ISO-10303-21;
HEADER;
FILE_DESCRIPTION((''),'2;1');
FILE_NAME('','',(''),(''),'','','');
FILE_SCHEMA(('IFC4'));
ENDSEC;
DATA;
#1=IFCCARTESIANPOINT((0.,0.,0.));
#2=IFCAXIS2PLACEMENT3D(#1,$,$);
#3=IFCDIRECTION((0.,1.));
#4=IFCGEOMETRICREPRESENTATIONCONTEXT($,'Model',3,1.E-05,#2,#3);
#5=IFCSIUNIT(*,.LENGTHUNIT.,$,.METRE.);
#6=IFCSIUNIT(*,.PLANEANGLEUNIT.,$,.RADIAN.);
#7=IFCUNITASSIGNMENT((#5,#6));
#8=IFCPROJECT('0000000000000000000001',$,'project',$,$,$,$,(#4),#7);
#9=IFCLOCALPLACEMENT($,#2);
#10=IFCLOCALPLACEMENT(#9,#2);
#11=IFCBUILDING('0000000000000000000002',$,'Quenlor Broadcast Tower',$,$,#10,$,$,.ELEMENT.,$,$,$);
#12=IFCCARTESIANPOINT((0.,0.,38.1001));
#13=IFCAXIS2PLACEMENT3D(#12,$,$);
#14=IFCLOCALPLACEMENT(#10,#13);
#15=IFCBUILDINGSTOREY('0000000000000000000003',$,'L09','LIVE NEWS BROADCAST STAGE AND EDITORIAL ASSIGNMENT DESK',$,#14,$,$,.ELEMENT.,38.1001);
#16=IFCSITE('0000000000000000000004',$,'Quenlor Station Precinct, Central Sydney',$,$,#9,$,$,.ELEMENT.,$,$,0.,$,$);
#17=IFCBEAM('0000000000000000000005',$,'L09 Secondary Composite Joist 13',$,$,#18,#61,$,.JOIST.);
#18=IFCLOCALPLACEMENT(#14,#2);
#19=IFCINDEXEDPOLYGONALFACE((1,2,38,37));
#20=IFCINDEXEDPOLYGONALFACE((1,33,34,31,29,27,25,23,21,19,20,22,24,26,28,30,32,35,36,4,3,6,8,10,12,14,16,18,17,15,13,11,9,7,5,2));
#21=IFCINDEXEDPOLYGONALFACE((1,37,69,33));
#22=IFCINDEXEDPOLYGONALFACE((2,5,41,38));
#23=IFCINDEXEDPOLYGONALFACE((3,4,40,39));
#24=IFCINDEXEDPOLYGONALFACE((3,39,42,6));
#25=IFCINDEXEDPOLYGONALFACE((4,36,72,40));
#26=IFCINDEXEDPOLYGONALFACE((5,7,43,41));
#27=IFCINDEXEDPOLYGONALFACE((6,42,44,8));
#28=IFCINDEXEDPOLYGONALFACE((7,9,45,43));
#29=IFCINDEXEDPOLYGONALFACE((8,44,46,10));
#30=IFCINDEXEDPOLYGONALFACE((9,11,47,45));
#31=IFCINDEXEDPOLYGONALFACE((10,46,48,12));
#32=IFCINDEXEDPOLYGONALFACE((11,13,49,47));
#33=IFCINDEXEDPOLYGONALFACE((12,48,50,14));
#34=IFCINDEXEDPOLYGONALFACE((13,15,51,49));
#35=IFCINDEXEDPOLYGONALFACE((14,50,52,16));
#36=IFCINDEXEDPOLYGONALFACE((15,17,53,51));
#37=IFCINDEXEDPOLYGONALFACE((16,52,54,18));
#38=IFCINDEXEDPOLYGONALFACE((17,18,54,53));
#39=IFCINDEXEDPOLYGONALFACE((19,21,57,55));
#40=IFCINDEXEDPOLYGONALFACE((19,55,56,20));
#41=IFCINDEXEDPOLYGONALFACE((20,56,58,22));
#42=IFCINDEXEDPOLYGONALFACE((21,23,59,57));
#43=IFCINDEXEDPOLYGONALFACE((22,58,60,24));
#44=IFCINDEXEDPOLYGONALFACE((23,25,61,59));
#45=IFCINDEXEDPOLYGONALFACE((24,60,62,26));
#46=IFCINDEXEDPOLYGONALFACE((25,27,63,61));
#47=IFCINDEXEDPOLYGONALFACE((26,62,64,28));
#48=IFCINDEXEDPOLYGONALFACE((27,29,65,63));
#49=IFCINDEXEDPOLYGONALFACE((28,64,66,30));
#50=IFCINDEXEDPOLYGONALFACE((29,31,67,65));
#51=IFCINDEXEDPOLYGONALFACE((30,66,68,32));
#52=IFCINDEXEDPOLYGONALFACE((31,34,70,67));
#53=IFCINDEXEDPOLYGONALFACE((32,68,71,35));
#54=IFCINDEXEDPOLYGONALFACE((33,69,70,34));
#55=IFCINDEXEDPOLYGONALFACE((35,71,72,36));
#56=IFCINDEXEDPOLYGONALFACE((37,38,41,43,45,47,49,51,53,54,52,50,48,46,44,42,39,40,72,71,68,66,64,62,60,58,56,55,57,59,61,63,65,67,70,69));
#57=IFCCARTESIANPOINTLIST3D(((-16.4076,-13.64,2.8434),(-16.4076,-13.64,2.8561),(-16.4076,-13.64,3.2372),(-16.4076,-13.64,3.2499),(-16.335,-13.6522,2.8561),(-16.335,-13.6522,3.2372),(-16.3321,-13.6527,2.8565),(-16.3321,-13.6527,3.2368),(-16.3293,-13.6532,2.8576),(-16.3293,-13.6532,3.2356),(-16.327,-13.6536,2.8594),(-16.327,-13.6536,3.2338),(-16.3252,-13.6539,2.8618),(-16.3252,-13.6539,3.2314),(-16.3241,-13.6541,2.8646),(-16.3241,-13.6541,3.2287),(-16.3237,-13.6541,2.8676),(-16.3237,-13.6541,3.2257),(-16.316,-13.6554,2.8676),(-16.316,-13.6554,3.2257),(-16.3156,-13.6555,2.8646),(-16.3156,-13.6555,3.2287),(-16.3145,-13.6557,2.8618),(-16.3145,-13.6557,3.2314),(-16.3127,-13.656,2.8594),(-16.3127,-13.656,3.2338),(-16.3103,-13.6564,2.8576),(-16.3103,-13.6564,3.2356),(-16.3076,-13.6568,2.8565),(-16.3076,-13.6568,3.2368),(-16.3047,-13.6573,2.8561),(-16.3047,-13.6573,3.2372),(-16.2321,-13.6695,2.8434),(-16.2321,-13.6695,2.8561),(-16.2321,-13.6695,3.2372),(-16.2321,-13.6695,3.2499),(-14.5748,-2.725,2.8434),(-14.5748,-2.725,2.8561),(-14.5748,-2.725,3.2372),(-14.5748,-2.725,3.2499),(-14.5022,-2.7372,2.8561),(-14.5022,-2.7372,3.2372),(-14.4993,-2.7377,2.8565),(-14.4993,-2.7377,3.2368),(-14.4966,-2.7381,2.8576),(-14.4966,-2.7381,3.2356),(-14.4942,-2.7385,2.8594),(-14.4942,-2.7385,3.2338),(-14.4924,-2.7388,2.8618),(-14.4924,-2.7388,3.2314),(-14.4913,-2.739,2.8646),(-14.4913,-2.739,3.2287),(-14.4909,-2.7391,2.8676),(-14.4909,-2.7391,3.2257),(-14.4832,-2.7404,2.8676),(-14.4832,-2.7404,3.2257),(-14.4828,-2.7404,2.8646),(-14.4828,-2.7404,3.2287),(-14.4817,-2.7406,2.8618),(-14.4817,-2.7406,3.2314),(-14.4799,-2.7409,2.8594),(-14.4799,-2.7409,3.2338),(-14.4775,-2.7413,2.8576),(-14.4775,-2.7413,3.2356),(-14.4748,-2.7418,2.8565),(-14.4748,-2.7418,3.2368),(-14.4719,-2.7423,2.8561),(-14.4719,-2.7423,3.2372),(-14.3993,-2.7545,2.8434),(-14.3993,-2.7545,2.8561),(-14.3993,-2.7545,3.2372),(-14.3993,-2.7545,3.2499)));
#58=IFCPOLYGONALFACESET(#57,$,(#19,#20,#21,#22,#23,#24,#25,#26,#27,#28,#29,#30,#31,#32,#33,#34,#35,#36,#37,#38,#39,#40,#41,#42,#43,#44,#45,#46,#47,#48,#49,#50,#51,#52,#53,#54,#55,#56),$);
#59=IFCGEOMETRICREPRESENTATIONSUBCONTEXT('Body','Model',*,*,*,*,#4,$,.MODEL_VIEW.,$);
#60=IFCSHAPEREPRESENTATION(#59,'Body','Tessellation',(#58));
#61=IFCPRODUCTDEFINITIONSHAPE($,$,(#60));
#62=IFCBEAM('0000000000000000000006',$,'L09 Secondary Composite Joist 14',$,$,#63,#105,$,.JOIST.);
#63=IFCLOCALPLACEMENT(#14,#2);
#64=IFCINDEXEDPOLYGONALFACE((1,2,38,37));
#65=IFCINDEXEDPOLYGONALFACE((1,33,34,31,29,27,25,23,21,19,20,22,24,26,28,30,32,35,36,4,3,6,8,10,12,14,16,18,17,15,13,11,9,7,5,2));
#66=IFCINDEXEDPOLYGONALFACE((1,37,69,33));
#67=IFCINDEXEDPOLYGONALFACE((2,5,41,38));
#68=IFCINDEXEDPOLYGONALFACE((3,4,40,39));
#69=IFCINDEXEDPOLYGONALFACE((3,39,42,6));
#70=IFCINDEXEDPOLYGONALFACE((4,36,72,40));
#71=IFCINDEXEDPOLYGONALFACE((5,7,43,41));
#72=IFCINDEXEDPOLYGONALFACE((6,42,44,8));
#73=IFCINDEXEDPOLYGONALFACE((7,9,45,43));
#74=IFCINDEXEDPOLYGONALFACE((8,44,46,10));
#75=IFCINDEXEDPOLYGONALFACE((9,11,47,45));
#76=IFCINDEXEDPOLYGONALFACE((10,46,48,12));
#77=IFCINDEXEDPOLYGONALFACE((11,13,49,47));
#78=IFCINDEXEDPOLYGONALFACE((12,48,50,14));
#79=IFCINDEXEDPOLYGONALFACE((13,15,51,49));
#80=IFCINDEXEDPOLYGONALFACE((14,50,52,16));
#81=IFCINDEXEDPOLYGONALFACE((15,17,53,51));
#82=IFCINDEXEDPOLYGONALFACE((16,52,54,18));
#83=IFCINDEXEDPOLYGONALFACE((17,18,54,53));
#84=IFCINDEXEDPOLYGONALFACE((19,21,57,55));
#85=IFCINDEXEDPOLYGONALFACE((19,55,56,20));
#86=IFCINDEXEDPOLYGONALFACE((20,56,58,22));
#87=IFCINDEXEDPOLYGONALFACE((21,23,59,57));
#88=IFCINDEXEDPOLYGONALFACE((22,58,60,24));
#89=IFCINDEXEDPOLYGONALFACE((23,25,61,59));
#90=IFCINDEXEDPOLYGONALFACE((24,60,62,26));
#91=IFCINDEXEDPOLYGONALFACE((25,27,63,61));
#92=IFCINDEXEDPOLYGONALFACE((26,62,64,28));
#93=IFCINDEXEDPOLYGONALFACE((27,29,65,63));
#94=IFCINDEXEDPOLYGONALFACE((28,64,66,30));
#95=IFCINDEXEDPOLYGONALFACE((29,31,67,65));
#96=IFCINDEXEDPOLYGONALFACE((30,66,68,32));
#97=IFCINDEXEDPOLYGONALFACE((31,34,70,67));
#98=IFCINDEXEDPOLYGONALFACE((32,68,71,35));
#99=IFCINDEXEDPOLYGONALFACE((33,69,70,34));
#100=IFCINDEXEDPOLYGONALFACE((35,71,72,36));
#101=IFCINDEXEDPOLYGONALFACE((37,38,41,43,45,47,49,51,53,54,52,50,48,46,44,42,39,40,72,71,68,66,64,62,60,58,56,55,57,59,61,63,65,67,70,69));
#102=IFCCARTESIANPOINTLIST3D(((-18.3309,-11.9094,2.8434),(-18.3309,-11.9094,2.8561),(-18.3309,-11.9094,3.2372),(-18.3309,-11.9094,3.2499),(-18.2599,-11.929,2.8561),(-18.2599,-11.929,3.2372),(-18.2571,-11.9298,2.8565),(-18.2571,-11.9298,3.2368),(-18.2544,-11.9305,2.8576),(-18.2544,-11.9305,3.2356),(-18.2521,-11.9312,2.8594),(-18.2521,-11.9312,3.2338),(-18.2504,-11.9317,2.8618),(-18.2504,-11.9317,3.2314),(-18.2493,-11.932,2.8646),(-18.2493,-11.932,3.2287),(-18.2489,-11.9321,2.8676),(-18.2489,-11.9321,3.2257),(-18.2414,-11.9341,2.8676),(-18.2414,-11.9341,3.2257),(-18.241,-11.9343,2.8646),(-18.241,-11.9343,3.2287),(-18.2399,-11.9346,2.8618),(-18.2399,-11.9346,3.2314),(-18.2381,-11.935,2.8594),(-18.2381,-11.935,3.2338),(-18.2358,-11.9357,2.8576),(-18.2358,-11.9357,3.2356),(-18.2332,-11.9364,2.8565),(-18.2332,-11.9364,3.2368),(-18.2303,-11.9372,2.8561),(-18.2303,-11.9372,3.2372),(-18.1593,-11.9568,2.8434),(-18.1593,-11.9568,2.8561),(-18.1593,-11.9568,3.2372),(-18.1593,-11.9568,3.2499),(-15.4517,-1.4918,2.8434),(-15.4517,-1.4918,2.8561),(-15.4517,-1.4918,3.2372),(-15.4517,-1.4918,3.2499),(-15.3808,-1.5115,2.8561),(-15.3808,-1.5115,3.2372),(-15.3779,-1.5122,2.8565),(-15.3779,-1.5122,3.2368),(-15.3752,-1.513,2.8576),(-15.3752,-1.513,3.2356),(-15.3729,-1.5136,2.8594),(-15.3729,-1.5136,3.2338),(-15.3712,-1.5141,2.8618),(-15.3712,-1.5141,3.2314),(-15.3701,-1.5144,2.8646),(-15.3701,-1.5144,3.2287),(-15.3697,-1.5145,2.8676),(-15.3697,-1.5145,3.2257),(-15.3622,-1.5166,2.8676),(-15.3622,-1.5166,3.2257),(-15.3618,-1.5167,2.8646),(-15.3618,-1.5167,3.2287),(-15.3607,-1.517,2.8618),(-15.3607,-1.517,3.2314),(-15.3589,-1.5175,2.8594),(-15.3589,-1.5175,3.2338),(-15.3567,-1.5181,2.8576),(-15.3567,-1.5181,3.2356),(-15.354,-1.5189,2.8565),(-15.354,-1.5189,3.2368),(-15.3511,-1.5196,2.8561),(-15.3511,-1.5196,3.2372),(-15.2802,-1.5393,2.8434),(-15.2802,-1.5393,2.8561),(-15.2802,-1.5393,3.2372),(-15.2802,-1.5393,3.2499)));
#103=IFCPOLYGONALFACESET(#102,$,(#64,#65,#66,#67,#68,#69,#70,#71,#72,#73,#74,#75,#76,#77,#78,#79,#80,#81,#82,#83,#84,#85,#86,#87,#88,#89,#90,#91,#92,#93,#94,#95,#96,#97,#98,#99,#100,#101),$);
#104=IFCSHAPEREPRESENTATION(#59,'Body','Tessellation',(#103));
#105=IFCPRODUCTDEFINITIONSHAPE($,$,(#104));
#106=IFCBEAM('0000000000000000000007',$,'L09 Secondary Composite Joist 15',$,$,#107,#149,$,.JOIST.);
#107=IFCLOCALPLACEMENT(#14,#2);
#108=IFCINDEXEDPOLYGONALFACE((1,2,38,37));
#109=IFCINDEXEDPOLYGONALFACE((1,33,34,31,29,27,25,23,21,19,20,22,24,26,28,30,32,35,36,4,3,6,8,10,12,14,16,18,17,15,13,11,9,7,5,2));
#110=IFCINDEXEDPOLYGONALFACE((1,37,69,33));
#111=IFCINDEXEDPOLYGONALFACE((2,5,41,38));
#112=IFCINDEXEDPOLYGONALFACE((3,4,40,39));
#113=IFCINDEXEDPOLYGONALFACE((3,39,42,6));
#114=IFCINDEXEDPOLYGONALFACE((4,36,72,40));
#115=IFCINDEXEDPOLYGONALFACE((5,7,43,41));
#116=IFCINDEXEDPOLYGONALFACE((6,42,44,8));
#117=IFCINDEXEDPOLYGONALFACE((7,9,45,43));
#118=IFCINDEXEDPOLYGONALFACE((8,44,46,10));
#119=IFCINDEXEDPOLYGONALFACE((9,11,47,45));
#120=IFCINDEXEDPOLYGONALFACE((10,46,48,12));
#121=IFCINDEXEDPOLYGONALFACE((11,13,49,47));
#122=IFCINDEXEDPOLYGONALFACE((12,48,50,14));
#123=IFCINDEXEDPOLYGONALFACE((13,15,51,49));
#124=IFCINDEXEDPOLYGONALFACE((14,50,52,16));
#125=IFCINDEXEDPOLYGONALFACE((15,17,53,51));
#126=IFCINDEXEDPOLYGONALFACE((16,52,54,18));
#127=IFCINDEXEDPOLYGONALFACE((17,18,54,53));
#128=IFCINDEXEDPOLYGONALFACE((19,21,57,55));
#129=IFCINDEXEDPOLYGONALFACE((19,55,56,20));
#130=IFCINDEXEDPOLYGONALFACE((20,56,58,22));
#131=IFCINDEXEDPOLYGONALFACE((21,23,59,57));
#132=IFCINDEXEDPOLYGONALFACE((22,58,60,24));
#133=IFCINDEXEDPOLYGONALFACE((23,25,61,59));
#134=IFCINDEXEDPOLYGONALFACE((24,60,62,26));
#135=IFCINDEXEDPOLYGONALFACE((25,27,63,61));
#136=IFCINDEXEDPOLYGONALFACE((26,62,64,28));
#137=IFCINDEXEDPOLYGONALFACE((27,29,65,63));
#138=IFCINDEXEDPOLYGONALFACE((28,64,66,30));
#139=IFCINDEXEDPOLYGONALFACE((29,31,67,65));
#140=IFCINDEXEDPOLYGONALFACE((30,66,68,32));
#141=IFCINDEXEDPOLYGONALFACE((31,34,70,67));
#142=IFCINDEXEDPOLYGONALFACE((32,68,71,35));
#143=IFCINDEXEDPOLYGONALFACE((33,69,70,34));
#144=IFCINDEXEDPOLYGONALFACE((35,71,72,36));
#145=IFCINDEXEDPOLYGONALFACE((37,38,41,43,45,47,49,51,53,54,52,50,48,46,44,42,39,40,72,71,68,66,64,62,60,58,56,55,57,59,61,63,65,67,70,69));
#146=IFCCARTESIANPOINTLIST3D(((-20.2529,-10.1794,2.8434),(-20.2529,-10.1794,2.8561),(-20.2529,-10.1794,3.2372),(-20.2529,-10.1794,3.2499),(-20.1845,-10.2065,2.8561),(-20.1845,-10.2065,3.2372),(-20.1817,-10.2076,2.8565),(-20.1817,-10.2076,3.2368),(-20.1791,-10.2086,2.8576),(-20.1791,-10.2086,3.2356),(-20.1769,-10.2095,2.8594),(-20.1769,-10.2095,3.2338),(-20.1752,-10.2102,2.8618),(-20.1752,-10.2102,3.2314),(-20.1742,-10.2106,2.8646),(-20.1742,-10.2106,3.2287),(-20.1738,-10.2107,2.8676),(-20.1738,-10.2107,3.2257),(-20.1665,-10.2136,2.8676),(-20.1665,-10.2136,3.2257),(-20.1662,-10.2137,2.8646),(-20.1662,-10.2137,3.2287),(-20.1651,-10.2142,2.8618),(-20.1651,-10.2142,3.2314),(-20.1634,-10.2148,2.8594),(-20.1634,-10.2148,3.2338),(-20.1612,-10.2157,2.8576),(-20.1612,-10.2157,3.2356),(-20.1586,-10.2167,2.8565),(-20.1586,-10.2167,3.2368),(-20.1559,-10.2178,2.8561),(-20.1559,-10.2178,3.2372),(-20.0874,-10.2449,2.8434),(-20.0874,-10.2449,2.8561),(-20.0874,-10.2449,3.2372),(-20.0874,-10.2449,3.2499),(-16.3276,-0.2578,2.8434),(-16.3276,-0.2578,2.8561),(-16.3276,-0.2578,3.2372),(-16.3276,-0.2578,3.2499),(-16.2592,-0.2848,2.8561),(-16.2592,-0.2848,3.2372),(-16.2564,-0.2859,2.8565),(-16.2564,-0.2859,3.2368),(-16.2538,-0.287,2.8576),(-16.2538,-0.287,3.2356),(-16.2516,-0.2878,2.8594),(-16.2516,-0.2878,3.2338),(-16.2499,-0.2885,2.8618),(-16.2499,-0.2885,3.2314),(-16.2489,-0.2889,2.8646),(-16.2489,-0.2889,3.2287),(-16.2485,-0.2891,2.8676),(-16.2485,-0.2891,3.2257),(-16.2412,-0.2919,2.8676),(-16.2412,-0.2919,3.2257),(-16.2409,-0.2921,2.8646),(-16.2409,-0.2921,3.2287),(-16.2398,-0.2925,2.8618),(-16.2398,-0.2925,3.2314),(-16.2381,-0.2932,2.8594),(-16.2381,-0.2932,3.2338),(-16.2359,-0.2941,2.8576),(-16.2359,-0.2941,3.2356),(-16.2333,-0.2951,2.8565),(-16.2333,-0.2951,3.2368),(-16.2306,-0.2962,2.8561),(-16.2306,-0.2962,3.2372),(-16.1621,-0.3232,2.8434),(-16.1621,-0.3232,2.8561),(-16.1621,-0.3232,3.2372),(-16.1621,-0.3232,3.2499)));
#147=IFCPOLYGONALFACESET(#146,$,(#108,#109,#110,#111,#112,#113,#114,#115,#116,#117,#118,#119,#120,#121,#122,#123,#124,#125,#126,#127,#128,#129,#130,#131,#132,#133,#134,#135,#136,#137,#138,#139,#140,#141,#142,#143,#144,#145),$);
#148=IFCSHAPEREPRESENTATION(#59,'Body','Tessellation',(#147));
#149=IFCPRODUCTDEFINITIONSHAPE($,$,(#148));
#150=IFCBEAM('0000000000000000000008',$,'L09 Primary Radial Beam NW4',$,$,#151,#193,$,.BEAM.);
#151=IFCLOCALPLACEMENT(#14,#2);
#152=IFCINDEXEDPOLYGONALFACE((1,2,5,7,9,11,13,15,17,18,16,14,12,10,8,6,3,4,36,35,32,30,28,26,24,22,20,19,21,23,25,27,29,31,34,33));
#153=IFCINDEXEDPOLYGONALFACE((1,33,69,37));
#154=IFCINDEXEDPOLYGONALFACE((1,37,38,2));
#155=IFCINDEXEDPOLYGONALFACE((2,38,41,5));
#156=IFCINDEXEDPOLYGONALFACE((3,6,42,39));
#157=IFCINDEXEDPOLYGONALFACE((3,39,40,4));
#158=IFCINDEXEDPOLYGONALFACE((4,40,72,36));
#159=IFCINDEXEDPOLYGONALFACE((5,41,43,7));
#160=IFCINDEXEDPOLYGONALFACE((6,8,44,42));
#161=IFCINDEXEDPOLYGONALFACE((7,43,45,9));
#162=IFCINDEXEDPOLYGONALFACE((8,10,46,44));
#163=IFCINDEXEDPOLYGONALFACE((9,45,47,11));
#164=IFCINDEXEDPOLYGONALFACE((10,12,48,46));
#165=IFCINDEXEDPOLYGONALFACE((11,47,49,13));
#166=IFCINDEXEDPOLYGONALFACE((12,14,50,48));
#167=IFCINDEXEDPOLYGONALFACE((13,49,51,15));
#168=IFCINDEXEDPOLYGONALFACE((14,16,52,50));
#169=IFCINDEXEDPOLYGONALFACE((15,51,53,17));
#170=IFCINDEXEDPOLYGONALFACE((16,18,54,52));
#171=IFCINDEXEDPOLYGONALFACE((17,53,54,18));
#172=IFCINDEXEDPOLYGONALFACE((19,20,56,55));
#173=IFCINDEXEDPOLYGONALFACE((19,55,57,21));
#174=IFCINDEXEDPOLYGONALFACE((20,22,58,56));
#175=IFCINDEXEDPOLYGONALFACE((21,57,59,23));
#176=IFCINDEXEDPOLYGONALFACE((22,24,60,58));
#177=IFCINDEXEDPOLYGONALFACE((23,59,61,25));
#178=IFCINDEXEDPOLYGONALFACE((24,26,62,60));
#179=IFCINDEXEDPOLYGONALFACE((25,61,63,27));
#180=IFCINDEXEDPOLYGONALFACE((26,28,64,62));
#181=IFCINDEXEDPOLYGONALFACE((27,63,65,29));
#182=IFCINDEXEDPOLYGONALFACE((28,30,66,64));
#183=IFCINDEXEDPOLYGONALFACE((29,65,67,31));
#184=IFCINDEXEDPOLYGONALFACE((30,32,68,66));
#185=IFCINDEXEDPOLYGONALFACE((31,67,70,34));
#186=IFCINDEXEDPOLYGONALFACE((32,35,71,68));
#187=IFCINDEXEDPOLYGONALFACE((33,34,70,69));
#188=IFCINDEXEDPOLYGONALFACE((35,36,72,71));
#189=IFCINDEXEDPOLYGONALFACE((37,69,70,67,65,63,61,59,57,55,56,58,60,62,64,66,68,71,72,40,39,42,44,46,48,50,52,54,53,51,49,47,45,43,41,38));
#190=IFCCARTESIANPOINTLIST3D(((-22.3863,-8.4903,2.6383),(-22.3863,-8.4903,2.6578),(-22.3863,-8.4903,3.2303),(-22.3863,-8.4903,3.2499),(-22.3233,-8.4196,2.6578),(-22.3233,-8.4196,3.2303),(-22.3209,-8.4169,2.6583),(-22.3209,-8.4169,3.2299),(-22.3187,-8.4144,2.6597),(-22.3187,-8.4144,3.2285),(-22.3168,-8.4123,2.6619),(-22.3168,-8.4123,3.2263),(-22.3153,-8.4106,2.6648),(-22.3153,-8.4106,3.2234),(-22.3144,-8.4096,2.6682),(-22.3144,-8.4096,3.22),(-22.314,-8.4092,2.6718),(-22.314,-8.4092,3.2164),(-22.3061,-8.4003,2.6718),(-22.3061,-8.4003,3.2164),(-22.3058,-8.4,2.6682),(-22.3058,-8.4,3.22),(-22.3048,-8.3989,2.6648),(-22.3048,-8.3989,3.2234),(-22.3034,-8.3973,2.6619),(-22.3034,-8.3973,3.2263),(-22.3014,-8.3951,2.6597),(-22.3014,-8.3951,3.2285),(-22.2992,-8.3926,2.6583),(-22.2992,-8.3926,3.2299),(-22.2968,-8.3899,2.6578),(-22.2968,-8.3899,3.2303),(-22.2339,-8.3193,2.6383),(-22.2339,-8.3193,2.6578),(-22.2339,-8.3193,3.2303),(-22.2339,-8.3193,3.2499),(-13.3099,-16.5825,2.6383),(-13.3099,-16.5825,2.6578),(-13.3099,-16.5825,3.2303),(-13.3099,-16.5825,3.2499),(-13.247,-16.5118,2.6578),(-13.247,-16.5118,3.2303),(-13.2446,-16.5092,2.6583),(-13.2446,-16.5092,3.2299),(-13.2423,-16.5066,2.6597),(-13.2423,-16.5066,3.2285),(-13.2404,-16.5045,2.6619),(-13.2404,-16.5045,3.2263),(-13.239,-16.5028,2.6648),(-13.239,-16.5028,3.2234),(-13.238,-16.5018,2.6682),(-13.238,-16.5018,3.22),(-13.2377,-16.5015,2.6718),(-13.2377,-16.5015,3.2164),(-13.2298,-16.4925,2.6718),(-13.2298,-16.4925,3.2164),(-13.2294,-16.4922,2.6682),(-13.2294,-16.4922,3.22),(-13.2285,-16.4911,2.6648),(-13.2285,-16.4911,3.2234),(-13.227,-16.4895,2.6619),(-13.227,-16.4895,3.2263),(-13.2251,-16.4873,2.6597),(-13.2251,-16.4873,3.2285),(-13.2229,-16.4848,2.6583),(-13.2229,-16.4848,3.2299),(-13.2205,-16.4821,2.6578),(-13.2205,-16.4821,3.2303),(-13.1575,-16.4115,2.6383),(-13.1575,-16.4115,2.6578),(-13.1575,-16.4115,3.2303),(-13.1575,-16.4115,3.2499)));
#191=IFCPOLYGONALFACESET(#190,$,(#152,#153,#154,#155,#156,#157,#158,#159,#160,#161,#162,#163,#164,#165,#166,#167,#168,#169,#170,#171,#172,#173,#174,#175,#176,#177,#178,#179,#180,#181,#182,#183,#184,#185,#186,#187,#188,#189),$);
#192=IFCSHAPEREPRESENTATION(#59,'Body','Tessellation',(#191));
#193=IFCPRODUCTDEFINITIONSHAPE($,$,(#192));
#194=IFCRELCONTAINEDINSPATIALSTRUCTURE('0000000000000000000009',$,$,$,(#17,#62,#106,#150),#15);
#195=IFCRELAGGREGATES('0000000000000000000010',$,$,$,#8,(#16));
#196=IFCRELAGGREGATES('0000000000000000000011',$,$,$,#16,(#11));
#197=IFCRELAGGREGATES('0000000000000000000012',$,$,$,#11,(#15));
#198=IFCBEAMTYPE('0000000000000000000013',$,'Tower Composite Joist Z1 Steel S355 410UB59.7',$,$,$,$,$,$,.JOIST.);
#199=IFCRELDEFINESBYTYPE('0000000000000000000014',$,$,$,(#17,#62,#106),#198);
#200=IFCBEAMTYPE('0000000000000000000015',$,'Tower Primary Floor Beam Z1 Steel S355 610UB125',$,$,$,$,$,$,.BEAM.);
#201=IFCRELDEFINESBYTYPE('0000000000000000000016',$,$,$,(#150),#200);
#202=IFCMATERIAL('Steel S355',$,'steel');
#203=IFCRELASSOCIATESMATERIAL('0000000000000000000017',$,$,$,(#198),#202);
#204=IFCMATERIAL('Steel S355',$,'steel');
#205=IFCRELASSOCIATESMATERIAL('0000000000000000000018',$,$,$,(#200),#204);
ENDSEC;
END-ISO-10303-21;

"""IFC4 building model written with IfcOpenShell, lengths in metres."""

from ifc_helpers import new_model, si_unit, direction, frame, origin, origin_2d, place, context, subcontext, project, spatial, i_section, extrude, material, material_profile, profile_set, type_object, element, save


model = new_model("IFC4")

# Units and contexts
model_context = context("Model", 3, precision=1e-05, world=origin(), true_north=direction((0.0, 1.0)))
body_context = subcontext(model_context, "Body", "Model", "MODEL_VIEW")
ifc_project = project(units=[si_unit("LENGTHUNIT", "METRE"), si_unit("PLANEANGLEUNIT", "RADIAN")], contexts=[model_context])

# Site, building, storey
site_placement = place(None, origin())
site = spatial("IfcSite", under=ifc_project, at=site_placement, Name="Quenlor Station Precinct, Central Sydney", CompositionType="ELEMENT", RefElevation=0.0)
building_placement = place(site_placement, origin())
building = spatial("IfcBuilding", under=site, at=building_placement, Name="Quenlor Broadcast Tower", CompositionType="ELEMENT")
storey_placement = place(building_placement, frame((0.0, 0.0, 38.1001)))
storey = spatial("IfcBuildingStorey", under=building, at=storey_placement, Name="L09", Description="LIVE NEWS BROADCAST STAGE AND EDITORIAL ASSIGNMENT DESK", CompositionType="ELEMENT", Elevation=38.1001)

# Beams
ifc_material_1 = material(Name="Steel S355", Category="steel")
ifc_material_profile_1 = material_profile(ifc_material_1, i_section(OverallWidth=0.178, OverallDepth=0.4065, WebThickness=0.0078, FlangeThickness=0.0127, FilletRadius=0.0115, at=origin_2d()))
ifc_profile_set_1 = profile_set([ifc_material_profile_1], Name="Steel S355 410UB59.7")
beam_type_1 = type_object("IfcBeamType", Name="Tower Composite Joist Z1 Steel S355 410UB59.7", PredefinedType="JOIST", material=ifc_profile_set_1)
beam_1_placement = place(storey_placement, frame((-16.3198, -13.6548, 3.0466), z_axis=(0.165594, 0.986194, 0.0), x_axis=(-0.986194, 0.165594, 0.0)))
element("IfcBeam", 1, at=beam_1_placement, inside=storey, type_object=beam_type_1, Name="L09 Secondary Composite Joist 13", PredefinedType="JOIST", context=body_context, shape_type="SweptSolid", body=[
    extrude(i_section(OverallWidth=0.178, OverallDepth=0.4065, WebThickness=0.0078, FlangeThickness=0.0127, FilletRadius=0.0115, at=origin_2d()), origin(), (0.0, 0.0, 1.0), 11.0679),
])
beam_2_placement = place(storey_placement, frame((-18.2451, -11.9331, 3.0466), z_axis=(0.26639, 0.963865, 0.0), x_axis=(-0.963865, 0.26639, 0.0)))
element("IfcBeam", 2, at=beam_2_placement, inside=storey, type_object=beam_type_1, Name="L09 Secondary Composite Joist 14", PredefinedType="JOIST", context=body_context, shape_type="SweptSolid", body=[
    extrude(i_section(OverallWidth=0.178, OverallDepth=0.4065, WebThickness=0.0078, FlangeThickness=0.0127, FilletRadius=0.0115, at=origin_2d()), origin(), (0.0, 0.0, 1.0), 10.8081),
])
beam_3_placement = place(storey_placement, frame((-20.1702, -10.2122, 3.0466), z_axis=(0.367885, 0.929871, 0.0), x_axis=(-0.929871, 0.367885, 0.0)))
element("IfcBeam", 3, at=beam_3_placement, inside=storey, type_object=beam_type_1, Name="L09 Secondary Composite Joist 15", PredefinedType="JOIST", context=body_context, shape_type="SweptSolid", body=[
    extrude(i_section(OverallWidth=0.178, OverallDepth=0.4065, WebThickness=0.0078, FlangeThickness=0.0127, FilletRadius=0.0115, at=origin_2d()), origin(), (0.0, 0.0, 1.0), 10.6699),
])
ifc_material_2 = material(Name="Steel S355", Category="steel")
ifc_material_profile_2 = material_profile(ifc_material_2, i_section(OverallWidth=0.229, OverallDepth=0.6116, WebThickness=0.012, FlangeThickness=0.0195, FilletRadius=0.0139, at=origin_2d()))
ifc_profile_set_2 = profile_set([ifc_material_profile_2], Name="Steel S355 610UB125")
beam_type_2 = type_object("IfcBeamType", Name="Tower Primary Floor Beam Z1 Steel S355 610UB125", PredefinedType="BEAM", material=ifc_profile_set_2)
beam_4_placement = place(storey_placement, frame((-22.3101, -8.4048, 2.9441), z_axis=(0.746414, -0.665482, 0.0), x_axis=(0.665482, 0.746414, 0.0)))
element("IfcBeam", 4, at=beam_4_placement, inside=storey, type_object=beam_type_2, Name="L09 Primary Radial Beam NW4", PredefinedType="BEAM", context=body_context, shape_type="SweptSolid", body=[
    extrude(i_section(OverallWidth=0.229, OverallDepth=0.6116, WebThickness=0.012, FlangeThickness=0.0195, FilletRadius=0.0139, at=origin_2d()), origin(), (0.0, 0.0, 1.0), 12.1599),
])

save(model, "model.ifc")
